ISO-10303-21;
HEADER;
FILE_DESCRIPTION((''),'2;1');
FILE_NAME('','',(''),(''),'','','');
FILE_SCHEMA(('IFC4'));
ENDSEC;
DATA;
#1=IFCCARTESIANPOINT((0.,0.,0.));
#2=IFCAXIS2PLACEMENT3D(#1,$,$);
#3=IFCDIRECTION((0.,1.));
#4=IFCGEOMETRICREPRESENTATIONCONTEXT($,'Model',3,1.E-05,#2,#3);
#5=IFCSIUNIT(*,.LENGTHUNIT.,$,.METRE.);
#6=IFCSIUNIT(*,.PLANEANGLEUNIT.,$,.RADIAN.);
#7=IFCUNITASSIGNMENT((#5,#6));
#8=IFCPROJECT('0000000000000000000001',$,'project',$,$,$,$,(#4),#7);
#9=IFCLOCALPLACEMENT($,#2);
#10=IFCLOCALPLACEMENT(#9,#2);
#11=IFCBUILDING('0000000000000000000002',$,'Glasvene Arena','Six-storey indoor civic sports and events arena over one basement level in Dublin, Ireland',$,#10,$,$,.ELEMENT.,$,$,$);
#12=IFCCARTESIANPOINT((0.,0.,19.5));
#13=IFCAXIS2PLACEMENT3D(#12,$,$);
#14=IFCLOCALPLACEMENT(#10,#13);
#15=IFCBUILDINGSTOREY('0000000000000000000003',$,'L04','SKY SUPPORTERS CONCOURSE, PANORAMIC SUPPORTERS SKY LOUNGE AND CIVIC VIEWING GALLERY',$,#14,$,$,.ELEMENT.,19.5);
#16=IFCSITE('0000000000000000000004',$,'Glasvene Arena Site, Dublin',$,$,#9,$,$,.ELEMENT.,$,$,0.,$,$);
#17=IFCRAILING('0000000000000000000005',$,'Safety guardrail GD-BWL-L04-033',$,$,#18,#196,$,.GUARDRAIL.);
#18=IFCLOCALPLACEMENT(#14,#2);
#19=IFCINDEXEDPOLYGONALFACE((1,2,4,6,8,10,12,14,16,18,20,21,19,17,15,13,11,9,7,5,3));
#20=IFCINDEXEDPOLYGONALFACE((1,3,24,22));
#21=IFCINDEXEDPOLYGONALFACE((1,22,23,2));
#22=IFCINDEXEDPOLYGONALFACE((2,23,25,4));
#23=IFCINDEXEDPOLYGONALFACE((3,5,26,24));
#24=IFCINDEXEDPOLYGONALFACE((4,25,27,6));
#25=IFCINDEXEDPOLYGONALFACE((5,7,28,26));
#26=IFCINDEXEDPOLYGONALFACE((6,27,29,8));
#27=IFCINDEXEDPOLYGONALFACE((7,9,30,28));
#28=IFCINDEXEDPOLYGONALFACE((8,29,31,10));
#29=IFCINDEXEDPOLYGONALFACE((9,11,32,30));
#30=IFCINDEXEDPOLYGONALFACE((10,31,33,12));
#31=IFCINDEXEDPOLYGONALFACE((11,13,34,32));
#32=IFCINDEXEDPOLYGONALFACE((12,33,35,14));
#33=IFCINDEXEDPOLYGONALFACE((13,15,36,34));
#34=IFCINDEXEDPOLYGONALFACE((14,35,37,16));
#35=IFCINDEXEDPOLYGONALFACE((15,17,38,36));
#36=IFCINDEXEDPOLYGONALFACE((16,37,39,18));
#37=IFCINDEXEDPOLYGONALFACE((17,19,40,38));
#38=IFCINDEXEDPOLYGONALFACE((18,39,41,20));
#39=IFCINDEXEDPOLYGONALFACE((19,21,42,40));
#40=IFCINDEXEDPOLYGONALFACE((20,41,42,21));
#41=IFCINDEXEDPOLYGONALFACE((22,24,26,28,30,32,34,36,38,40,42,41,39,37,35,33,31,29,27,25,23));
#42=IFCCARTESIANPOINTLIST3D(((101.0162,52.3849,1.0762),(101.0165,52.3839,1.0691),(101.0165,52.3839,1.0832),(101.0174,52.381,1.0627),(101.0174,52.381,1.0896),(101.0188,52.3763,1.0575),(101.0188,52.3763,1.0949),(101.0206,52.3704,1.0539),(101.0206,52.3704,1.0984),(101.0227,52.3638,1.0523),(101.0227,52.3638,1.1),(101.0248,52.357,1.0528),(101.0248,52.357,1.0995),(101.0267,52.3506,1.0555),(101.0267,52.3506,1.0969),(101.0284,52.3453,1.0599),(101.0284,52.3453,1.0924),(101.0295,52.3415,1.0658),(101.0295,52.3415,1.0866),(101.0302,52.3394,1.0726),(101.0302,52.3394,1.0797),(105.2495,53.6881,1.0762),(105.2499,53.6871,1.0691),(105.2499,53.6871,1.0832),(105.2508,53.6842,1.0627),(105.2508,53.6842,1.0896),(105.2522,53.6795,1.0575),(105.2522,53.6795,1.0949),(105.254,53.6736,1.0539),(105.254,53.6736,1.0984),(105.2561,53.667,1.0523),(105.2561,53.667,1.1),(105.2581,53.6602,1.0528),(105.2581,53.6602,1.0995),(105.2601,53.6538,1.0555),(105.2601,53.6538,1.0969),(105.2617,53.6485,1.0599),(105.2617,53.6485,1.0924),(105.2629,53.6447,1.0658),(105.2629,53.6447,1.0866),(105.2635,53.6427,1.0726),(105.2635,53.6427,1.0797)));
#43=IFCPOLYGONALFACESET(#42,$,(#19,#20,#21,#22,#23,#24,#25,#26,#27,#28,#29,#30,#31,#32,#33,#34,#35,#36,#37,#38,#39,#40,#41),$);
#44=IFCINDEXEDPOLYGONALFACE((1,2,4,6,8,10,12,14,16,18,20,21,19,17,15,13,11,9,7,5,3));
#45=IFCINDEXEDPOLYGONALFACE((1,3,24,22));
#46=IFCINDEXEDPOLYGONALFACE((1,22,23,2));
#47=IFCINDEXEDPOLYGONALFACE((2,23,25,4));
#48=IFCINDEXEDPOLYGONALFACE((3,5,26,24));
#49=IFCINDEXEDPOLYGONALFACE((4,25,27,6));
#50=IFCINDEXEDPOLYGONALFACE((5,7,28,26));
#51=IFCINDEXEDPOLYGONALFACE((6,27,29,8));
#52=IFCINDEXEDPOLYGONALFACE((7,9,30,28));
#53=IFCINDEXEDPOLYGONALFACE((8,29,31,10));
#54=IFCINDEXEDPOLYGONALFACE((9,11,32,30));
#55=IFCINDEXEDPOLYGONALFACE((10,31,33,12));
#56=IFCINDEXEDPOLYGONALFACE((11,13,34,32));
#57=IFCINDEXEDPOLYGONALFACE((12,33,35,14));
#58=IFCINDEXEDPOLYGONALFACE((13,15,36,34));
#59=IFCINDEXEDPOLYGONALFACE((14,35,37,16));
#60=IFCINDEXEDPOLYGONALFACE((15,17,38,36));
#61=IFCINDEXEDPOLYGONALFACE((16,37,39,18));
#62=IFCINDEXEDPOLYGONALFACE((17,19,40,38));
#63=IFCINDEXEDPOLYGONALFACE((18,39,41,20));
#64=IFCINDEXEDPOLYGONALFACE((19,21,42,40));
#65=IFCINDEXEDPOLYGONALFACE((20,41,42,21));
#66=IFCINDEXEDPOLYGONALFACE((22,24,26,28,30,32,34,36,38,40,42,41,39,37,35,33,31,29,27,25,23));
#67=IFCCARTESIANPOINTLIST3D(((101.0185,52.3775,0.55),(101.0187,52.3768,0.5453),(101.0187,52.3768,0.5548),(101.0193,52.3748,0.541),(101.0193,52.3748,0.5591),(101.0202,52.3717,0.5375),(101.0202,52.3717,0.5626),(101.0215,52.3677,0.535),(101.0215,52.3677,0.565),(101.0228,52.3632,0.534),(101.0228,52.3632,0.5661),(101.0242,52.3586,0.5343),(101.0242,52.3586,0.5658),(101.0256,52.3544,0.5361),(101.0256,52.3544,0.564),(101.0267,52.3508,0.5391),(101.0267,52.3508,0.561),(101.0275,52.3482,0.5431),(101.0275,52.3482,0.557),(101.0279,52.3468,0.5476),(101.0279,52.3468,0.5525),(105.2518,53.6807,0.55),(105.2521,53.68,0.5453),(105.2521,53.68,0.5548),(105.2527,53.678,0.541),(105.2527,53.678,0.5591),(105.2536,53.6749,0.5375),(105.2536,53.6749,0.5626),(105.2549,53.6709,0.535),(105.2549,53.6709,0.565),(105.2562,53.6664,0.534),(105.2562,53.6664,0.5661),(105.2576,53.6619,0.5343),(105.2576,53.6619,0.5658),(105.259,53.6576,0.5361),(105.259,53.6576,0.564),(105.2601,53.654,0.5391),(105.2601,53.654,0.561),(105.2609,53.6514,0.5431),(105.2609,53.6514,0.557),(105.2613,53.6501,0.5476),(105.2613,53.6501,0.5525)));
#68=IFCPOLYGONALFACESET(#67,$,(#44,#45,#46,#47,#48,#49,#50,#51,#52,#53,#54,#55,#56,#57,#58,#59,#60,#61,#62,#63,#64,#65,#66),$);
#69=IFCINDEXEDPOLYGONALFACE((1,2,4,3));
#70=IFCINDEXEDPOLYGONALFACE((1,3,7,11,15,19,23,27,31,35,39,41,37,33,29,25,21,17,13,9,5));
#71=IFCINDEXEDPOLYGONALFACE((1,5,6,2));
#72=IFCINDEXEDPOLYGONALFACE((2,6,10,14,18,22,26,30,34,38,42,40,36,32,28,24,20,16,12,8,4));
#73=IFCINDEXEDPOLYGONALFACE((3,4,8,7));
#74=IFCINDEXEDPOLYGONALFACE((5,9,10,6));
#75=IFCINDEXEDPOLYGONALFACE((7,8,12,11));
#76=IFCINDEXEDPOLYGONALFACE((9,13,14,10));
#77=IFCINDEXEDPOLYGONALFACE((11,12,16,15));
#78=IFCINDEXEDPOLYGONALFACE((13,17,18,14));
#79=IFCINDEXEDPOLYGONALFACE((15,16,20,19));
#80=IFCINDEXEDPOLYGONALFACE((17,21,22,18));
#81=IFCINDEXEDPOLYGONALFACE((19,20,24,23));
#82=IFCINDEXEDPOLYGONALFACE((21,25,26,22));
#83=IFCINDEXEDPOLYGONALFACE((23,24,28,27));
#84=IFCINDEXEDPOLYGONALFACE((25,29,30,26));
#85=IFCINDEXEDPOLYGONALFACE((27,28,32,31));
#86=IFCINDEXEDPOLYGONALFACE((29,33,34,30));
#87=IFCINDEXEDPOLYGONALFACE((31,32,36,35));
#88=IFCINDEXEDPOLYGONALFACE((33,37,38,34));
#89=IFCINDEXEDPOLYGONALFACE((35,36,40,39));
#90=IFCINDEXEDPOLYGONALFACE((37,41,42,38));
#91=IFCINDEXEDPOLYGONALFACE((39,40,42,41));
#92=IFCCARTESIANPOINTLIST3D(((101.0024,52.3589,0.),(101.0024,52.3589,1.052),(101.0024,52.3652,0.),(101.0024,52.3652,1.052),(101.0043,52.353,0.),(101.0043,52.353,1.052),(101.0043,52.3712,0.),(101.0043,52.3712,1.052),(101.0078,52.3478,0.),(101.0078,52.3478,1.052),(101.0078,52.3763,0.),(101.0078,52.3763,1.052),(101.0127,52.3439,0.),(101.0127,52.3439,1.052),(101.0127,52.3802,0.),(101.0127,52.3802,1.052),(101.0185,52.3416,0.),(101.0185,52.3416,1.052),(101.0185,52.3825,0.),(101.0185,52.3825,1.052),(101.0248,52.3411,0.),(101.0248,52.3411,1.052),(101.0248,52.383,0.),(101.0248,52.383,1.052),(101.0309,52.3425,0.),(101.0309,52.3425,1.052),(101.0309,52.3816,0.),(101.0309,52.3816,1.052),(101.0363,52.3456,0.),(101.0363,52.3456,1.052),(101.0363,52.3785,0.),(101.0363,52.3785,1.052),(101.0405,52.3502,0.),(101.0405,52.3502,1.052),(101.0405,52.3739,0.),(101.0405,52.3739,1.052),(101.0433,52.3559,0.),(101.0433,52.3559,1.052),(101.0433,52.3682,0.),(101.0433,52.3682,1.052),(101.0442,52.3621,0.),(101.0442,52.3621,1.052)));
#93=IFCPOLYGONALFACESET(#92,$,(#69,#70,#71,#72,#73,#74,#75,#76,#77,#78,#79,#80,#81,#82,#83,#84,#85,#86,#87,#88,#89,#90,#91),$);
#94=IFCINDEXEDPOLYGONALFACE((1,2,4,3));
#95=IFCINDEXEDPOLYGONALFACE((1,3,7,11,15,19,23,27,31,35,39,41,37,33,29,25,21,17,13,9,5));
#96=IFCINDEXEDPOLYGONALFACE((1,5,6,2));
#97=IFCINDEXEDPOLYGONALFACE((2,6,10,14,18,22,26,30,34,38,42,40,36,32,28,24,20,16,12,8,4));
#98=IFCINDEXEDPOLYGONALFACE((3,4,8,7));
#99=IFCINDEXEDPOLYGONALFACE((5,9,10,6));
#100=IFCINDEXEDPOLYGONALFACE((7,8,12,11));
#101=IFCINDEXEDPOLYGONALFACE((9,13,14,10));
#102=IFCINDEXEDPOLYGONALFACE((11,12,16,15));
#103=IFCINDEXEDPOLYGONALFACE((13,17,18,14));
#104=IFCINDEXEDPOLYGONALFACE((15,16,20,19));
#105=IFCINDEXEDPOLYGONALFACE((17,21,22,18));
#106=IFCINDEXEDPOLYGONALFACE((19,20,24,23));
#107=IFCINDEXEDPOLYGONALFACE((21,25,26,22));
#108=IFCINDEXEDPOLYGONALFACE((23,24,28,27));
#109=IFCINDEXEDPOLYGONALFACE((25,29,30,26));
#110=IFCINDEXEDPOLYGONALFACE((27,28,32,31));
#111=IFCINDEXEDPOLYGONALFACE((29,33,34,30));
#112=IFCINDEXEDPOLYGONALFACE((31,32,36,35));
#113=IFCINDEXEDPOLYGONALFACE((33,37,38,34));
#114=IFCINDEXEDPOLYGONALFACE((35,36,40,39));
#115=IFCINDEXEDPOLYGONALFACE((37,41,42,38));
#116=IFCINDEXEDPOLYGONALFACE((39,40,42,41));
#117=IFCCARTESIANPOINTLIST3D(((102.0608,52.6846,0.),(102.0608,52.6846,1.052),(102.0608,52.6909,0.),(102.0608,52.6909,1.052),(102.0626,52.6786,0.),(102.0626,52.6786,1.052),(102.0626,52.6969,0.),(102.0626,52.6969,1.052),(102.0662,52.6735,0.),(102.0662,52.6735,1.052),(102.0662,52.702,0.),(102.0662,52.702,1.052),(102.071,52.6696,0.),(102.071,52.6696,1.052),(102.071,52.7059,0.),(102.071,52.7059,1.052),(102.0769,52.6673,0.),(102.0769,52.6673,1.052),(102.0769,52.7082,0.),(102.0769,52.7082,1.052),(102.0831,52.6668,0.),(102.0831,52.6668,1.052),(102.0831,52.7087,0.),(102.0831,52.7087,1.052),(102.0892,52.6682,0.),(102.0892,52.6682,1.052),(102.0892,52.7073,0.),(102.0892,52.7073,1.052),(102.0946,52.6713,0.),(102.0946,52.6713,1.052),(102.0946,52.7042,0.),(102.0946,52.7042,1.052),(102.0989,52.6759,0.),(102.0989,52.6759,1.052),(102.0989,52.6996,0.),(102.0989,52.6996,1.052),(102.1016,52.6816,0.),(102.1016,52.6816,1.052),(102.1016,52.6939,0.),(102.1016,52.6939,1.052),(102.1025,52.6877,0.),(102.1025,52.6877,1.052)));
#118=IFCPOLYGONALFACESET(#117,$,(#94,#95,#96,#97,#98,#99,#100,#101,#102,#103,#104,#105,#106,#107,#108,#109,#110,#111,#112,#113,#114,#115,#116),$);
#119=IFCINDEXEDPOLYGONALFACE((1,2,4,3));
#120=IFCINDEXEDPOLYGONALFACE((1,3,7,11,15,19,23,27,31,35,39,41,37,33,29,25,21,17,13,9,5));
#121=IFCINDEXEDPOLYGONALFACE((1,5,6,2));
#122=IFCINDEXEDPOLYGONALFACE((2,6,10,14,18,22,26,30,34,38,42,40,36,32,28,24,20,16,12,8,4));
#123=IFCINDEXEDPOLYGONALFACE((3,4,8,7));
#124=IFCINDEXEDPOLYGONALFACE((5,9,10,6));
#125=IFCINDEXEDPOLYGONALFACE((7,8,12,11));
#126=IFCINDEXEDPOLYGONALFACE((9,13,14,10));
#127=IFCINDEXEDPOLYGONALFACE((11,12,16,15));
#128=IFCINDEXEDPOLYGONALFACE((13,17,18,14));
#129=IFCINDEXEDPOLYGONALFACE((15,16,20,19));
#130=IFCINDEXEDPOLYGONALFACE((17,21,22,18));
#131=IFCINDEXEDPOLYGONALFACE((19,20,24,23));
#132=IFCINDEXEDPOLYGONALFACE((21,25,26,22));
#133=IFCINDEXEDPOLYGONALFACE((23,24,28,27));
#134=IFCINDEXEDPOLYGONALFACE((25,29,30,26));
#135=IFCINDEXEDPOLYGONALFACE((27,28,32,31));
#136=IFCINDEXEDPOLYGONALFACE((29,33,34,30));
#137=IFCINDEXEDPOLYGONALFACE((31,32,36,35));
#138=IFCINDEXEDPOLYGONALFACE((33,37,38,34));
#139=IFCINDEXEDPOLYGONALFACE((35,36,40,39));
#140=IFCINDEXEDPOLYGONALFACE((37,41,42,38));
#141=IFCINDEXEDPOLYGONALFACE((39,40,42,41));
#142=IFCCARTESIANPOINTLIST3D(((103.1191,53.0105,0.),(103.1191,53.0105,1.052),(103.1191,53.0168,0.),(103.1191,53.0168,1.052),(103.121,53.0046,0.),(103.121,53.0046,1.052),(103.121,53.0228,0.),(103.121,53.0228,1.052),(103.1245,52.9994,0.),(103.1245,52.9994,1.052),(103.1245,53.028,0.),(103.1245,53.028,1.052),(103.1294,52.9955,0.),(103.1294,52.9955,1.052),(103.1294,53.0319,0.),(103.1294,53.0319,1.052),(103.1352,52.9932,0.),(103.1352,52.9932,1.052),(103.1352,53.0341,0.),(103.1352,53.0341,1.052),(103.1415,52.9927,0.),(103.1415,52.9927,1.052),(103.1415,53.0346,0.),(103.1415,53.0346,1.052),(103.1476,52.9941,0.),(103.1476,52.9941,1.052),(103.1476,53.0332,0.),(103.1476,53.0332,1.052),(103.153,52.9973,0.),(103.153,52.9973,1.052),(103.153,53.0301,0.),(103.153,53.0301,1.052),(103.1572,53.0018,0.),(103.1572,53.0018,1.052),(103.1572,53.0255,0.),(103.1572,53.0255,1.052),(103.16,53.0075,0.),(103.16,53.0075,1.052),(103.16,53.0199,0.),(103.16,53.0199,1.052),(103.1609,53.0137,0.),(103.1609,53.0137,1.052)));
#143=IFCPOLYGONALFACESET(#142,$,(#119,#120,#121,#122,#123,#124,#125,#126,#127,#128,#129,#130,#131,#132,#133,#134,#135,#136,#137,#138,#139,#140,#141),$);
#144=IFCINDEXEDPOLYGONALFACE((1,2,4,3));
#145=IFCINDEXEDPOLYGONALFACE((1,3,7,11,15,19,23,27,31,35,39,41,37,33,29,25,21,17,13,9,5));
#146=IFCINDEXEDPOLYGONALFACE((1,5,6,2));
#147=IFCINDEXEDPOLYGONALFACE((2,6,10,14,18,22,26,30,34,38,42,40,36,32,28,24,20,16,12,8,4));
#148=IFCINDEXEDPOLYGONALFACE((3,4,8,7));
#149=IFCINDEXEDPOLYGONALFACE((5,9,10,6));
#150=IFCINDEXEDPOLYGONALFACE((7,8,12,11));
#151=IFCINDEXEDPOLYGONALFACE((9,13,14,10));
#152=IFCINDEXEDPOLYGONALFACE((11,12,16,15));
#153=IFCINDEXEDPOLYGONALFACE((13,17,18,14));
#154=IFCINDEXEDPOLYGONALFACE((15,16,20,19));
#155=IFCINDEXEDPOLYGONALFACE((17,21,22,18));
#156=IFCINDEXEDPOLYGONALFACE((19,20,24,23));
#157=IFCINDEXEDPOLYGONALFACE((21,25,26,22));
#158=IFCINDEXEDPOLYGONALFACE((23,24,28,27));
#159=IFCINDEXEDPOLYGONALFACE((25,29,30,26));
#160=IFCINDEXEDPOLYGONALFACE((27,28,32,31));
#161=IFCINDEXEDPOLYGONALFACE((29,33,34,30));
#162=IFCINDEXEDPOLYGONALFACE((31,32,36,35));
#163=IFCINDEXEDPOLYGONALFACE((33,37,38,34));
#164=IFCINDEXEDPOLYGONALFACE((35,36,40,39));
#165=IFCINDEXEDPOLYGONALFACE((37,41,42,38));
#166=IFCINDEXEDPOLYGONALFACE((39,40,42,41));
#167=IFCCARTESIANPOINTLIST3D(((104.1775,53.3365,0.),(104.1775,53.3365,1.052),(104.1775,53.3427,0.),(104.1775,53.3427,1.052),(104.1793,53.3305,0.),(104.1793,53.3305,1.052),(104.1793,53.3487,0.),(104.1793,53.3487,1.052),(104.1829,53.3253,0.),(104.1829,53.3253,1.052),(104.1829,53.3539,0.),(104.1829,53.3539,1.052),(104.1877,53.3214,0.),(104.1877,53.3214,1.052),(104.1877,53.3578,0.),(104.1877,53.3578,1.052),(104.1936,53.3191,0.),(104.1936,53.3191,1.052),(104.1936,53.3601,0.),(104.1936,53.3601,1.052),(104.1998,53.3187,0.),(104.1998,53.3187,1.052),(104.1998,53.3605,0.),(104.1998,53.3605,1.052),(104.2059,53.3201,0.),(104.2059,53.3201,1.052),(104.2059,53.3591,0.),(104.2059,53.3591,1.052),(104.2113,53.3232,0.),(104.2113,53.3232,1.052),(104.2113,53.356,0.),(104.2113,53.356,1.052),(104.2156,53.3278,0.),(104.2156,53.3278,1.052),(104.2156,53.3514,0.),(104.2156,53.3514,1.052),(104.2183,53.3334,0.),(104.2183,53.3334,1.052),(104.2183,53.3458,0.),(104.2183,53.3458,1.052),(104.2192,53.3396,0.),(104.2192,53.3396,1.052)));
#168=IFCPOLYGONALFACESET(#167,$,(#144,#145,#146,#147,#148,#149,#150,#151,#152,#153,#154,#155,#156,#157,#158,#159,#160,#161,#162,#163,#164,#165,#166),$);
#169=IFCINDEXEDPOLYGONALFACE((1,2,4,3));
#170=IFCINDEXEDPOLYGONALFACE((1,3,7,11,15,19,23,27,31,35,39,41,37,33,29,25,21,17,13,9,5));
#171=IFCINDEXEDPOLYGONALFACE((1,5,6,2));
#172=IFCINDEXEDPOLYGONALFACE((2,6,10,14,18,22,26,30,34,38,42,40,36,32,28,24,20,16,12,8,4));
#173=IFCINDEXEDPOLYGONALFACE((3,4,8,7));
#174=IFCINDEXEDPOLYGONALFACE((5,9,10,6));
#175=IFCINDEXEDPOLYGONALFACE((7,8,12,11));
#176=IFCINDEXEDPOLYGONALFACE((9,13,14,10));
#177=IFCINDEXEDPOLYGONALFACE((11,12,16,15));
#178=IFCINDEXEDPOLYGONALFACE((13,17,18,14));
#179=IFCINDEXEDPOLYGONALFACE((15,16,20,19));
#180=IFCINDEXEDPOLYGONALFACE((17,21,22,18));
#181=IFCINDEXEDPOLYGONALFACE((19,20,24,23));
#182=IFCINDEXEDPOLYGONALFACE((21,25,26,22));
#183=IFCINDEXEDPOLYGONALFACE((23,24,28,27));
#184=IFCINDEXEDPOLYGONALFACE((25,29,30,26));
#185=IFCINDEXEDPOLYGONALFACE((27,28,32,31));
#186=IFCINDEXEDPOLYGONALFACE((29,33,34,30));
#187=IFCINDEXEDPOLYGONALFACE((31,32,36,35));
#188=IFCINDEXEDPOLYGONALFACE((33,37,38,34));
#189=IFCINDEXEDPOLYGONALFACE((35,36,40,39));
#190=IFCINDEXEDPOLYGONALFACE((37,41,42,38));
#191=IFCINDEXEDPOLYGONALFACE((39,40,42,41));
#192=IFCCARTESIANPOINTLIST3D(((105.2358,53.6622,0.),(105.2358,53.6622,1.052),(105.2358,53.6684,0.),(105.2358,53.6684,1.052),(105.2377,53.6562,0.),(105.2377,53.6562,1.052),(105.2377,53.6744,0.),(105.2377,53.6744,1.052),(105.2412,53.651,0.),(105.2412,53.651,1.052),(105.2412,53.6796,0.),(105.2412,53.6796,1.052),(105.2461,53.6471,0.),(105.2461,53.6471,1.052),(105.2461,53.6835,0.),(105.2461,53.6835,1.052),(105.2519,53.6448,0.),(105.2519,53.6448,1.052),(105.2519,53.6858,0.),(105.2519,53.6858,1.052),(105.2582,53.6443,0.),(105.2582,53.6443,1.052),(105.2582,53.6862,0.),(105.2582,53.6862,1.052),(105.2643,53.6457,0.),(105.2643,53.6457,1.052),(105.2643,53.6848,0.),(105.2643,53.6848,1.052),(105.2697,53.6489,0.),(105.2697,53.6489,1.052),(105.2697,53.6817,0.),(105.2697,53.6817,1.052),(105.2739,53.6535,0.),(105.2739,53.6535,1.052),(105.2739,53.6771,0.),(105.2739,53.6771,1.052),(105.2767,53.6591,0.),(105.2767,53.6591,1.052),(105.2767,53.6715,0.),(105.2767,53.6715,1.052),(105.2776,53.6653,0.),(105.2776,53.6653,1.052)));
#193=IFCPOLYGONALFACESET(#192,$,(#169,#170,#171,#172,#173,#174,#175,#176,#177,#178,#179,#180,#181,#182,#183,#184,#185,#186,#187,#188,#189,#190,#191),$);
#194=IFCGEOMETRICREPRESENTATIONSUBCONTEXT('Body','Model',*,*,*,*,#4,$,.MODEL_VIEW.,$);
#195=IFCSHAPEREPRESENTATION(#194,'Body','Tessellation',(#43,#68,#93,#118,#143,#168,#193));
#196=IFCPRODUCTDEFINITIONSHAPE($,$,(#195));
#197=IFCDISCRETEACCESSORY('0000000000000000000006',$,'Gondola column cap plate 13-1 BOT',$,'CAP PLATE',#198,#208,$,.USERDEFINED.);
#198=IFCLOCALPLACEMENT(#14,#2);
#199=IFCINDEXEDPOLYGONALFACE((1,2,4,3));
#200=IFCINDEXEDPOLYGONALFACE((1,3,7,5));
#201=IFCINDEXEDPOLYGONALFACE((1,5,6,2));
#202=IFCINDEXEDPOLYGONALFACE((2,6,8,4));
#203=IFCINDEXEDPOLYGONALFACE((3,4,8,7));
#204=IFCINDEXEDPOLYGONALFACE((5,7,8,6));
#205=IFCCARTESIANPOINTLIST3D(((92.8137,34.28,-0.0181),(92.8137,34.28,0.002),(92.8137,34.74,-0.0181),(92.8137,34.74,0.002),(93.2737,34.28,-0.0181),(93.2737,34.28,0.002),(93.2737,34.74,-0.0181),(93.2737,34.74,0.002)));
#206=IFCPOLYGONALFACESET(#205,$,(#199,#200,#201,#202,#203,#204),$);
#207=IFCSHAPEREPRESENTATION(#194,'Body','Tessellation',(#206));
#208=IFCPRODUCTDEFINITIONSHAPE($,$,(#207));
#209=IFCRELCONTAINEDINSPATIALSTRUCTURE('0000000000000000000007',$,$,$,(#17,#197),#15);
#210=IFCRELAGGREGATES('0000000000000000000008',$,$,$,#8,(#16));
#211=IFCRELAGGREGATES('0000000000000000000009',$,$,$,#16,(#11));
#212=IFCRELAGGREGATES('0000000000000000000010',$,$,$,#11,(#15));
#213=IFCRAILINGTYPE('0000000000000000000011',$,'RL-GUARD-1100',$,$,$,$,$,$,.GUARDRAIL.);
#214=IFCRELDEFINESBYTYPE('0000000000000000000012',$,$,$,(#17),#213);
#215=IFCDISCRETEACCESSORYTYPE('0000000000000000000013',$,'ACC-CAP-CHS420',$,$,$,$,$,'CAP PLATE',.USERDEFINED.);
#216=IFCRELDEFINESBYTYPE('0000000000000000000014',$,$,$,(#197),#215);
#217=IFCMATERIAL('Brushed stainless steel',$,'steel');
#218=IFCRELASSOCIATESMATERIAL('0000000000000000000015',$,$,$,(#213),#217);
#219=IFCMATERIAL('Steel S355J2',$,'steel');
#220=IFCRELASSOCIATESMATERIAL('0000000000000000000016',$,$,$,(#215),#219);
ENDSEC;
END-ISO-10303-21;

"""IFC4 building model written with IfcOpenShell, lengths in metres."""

from ifc_helpers import new_model, si_unit, direction, frame, origin, origin_2d, place, context, subcontext, project, spatial, rectangle, circle, extrude, material, type_object, element, save


model = new_model("IFC4")

# Units and contexts
model_context = context("Model", 3, precision=1e-05, world=origin(), true_north=direction((0.0, 1.0)))
body_context = subcontext(model_context, "Body", "Model", "MODEL_VIEW")
ifc_project = project(units=[si_unit("LENGTHUNIT", "METRE"), si_unit("PLANEANGLEUNIT", "RADIAN")], contexts=[model_context])

# Site, building, storey
site_placement = place(None, origin())
site = spatial("IfcSite", under=ifc_project, at=site_placement, Name="Glasvene Arena Site, Dublin", CompositionType="ELEMENT", RefElevation=0.0)
building_placement = place(site_placement, origin())
building = spatial("IfcBuilding", under=site, at=building_placement, Name="Glasvene Arena", Description="Six-storey indoor civic sports and events arena over one basement level in Dublin, Ireland", CompositionType="ELEMENT")
storey_placement = place(building_placement, frame((0.0, 0.0, 19.5)))
storey = spatial("IfcBuildingStorey", under=building, at=storey_placement, Name="L04", Description="SKY SUPPORTERS CONCOURSE, PANORAMIC SUPPORTERS SKY LOUNGE AND CIVIC VIEWING GALLERY", CompositionType="ELEMENT", Elevation=19.5)

# Shared definitions
ifc_material_1 = material(Name="Steel S355J2", Category="steel")

# Railing
ifc_material_2 = material(Name="Brushed stainless steel", Category="steel")
railing_type = type_object("IfcRailingType", Name="RL-GUARD-1100", PredefinedType="GUARDRAIL", material=ifc_material_2)
railing_1_placement = place(storey_placement, frame((101.0232, 52.3621, 0.0)))
element("IfcRailing", 1, at=railing_1_placement, inside=storey, type_object=railing_type, Name="Safety guardrail GD-BWL-L04-033", PredefinedType="GUARDRAIL", context=body_context, shape_type="SweptSolid", body=[
    extrude(circle(Radius=0.0239, at=origin_2d()), frame((0.0, 0.0, 1.0762), z_axis=(0.955738, 0.294218, 0.0), x_axis=(-0.294218, 0.955738, 0.0)), (0.0, 0.0, 1.0), 4.4294),
    extrude(circle(Radius=0.0161, at=origin_2d()), frame((0.0, 0.0, 0.55), z_axis=(0.955738, 0.294218, 0.0), x_axis=(-0.294218, 0.955738, 0.0)), (0.0, 0.0, 1.0), 4.4294),
    extrude(circle(Radius=0.021, at=origin_2d()), origin(), (0.0, 0.0, 1.0), 1.052),
    extrude(circle(Radius=0.021, at=origin_2d()), frame((1.0583, 0.3257, 0.0)), (0.0, 0.0, 1.0), 1.052),
    extrude(circle(Radius=0.021, at=origin_2d()), frame((2.1167, 0.6516, 0.0)), (0.0, 0.0, 1.0), 1.052),
    extrude(circle(Radius=0.021, at=origin_2d()), frame((3.175, 0.9775, 0.0)), (0.0, 0.0, 1.0), 1.052),
    extrude(circle(Radius=0.021, at=origin_2d()), frame((4.2334, 1.3032, 0.0)), (0.0, 0.0, 1.0), 1.052),
])

# Discrete accessory
discrete_accessory_type = type_object("IfcDiscreteAccessoryType", Name="ACC-CAP-CHS420", ElementType="CAP PLATE", PredefinedType="USERDEFINED", material=ifc_material_1)
for number, where, z_axis, x_axis, name in (
    (2, (93.0437, 34.51, -0.0181), (0.0, 0.0, 1.0), (1.0, 0.0, 0.0), "Gondola column cap plate 13-1 BOT"),
):
    element("IfcDiscreteAccessory", number, at=place(storey_placement, frame(where, z_axis=z_axis, x_axis=x_axis)), inside=storey, type_object=discrete_accessory_type, Name=name, ObjectType="CAP PLATE", PredefinedType="USERDEFINED", context=body_context, shape_type="SweptSolid", body=[
        extrude(rectangle(XDim=0.46, YDim=0.46, at=origin_2d()), origin(), (0.0, 0.0, 1.0), 0.02),
    ])

save(model, "model.ifc")
